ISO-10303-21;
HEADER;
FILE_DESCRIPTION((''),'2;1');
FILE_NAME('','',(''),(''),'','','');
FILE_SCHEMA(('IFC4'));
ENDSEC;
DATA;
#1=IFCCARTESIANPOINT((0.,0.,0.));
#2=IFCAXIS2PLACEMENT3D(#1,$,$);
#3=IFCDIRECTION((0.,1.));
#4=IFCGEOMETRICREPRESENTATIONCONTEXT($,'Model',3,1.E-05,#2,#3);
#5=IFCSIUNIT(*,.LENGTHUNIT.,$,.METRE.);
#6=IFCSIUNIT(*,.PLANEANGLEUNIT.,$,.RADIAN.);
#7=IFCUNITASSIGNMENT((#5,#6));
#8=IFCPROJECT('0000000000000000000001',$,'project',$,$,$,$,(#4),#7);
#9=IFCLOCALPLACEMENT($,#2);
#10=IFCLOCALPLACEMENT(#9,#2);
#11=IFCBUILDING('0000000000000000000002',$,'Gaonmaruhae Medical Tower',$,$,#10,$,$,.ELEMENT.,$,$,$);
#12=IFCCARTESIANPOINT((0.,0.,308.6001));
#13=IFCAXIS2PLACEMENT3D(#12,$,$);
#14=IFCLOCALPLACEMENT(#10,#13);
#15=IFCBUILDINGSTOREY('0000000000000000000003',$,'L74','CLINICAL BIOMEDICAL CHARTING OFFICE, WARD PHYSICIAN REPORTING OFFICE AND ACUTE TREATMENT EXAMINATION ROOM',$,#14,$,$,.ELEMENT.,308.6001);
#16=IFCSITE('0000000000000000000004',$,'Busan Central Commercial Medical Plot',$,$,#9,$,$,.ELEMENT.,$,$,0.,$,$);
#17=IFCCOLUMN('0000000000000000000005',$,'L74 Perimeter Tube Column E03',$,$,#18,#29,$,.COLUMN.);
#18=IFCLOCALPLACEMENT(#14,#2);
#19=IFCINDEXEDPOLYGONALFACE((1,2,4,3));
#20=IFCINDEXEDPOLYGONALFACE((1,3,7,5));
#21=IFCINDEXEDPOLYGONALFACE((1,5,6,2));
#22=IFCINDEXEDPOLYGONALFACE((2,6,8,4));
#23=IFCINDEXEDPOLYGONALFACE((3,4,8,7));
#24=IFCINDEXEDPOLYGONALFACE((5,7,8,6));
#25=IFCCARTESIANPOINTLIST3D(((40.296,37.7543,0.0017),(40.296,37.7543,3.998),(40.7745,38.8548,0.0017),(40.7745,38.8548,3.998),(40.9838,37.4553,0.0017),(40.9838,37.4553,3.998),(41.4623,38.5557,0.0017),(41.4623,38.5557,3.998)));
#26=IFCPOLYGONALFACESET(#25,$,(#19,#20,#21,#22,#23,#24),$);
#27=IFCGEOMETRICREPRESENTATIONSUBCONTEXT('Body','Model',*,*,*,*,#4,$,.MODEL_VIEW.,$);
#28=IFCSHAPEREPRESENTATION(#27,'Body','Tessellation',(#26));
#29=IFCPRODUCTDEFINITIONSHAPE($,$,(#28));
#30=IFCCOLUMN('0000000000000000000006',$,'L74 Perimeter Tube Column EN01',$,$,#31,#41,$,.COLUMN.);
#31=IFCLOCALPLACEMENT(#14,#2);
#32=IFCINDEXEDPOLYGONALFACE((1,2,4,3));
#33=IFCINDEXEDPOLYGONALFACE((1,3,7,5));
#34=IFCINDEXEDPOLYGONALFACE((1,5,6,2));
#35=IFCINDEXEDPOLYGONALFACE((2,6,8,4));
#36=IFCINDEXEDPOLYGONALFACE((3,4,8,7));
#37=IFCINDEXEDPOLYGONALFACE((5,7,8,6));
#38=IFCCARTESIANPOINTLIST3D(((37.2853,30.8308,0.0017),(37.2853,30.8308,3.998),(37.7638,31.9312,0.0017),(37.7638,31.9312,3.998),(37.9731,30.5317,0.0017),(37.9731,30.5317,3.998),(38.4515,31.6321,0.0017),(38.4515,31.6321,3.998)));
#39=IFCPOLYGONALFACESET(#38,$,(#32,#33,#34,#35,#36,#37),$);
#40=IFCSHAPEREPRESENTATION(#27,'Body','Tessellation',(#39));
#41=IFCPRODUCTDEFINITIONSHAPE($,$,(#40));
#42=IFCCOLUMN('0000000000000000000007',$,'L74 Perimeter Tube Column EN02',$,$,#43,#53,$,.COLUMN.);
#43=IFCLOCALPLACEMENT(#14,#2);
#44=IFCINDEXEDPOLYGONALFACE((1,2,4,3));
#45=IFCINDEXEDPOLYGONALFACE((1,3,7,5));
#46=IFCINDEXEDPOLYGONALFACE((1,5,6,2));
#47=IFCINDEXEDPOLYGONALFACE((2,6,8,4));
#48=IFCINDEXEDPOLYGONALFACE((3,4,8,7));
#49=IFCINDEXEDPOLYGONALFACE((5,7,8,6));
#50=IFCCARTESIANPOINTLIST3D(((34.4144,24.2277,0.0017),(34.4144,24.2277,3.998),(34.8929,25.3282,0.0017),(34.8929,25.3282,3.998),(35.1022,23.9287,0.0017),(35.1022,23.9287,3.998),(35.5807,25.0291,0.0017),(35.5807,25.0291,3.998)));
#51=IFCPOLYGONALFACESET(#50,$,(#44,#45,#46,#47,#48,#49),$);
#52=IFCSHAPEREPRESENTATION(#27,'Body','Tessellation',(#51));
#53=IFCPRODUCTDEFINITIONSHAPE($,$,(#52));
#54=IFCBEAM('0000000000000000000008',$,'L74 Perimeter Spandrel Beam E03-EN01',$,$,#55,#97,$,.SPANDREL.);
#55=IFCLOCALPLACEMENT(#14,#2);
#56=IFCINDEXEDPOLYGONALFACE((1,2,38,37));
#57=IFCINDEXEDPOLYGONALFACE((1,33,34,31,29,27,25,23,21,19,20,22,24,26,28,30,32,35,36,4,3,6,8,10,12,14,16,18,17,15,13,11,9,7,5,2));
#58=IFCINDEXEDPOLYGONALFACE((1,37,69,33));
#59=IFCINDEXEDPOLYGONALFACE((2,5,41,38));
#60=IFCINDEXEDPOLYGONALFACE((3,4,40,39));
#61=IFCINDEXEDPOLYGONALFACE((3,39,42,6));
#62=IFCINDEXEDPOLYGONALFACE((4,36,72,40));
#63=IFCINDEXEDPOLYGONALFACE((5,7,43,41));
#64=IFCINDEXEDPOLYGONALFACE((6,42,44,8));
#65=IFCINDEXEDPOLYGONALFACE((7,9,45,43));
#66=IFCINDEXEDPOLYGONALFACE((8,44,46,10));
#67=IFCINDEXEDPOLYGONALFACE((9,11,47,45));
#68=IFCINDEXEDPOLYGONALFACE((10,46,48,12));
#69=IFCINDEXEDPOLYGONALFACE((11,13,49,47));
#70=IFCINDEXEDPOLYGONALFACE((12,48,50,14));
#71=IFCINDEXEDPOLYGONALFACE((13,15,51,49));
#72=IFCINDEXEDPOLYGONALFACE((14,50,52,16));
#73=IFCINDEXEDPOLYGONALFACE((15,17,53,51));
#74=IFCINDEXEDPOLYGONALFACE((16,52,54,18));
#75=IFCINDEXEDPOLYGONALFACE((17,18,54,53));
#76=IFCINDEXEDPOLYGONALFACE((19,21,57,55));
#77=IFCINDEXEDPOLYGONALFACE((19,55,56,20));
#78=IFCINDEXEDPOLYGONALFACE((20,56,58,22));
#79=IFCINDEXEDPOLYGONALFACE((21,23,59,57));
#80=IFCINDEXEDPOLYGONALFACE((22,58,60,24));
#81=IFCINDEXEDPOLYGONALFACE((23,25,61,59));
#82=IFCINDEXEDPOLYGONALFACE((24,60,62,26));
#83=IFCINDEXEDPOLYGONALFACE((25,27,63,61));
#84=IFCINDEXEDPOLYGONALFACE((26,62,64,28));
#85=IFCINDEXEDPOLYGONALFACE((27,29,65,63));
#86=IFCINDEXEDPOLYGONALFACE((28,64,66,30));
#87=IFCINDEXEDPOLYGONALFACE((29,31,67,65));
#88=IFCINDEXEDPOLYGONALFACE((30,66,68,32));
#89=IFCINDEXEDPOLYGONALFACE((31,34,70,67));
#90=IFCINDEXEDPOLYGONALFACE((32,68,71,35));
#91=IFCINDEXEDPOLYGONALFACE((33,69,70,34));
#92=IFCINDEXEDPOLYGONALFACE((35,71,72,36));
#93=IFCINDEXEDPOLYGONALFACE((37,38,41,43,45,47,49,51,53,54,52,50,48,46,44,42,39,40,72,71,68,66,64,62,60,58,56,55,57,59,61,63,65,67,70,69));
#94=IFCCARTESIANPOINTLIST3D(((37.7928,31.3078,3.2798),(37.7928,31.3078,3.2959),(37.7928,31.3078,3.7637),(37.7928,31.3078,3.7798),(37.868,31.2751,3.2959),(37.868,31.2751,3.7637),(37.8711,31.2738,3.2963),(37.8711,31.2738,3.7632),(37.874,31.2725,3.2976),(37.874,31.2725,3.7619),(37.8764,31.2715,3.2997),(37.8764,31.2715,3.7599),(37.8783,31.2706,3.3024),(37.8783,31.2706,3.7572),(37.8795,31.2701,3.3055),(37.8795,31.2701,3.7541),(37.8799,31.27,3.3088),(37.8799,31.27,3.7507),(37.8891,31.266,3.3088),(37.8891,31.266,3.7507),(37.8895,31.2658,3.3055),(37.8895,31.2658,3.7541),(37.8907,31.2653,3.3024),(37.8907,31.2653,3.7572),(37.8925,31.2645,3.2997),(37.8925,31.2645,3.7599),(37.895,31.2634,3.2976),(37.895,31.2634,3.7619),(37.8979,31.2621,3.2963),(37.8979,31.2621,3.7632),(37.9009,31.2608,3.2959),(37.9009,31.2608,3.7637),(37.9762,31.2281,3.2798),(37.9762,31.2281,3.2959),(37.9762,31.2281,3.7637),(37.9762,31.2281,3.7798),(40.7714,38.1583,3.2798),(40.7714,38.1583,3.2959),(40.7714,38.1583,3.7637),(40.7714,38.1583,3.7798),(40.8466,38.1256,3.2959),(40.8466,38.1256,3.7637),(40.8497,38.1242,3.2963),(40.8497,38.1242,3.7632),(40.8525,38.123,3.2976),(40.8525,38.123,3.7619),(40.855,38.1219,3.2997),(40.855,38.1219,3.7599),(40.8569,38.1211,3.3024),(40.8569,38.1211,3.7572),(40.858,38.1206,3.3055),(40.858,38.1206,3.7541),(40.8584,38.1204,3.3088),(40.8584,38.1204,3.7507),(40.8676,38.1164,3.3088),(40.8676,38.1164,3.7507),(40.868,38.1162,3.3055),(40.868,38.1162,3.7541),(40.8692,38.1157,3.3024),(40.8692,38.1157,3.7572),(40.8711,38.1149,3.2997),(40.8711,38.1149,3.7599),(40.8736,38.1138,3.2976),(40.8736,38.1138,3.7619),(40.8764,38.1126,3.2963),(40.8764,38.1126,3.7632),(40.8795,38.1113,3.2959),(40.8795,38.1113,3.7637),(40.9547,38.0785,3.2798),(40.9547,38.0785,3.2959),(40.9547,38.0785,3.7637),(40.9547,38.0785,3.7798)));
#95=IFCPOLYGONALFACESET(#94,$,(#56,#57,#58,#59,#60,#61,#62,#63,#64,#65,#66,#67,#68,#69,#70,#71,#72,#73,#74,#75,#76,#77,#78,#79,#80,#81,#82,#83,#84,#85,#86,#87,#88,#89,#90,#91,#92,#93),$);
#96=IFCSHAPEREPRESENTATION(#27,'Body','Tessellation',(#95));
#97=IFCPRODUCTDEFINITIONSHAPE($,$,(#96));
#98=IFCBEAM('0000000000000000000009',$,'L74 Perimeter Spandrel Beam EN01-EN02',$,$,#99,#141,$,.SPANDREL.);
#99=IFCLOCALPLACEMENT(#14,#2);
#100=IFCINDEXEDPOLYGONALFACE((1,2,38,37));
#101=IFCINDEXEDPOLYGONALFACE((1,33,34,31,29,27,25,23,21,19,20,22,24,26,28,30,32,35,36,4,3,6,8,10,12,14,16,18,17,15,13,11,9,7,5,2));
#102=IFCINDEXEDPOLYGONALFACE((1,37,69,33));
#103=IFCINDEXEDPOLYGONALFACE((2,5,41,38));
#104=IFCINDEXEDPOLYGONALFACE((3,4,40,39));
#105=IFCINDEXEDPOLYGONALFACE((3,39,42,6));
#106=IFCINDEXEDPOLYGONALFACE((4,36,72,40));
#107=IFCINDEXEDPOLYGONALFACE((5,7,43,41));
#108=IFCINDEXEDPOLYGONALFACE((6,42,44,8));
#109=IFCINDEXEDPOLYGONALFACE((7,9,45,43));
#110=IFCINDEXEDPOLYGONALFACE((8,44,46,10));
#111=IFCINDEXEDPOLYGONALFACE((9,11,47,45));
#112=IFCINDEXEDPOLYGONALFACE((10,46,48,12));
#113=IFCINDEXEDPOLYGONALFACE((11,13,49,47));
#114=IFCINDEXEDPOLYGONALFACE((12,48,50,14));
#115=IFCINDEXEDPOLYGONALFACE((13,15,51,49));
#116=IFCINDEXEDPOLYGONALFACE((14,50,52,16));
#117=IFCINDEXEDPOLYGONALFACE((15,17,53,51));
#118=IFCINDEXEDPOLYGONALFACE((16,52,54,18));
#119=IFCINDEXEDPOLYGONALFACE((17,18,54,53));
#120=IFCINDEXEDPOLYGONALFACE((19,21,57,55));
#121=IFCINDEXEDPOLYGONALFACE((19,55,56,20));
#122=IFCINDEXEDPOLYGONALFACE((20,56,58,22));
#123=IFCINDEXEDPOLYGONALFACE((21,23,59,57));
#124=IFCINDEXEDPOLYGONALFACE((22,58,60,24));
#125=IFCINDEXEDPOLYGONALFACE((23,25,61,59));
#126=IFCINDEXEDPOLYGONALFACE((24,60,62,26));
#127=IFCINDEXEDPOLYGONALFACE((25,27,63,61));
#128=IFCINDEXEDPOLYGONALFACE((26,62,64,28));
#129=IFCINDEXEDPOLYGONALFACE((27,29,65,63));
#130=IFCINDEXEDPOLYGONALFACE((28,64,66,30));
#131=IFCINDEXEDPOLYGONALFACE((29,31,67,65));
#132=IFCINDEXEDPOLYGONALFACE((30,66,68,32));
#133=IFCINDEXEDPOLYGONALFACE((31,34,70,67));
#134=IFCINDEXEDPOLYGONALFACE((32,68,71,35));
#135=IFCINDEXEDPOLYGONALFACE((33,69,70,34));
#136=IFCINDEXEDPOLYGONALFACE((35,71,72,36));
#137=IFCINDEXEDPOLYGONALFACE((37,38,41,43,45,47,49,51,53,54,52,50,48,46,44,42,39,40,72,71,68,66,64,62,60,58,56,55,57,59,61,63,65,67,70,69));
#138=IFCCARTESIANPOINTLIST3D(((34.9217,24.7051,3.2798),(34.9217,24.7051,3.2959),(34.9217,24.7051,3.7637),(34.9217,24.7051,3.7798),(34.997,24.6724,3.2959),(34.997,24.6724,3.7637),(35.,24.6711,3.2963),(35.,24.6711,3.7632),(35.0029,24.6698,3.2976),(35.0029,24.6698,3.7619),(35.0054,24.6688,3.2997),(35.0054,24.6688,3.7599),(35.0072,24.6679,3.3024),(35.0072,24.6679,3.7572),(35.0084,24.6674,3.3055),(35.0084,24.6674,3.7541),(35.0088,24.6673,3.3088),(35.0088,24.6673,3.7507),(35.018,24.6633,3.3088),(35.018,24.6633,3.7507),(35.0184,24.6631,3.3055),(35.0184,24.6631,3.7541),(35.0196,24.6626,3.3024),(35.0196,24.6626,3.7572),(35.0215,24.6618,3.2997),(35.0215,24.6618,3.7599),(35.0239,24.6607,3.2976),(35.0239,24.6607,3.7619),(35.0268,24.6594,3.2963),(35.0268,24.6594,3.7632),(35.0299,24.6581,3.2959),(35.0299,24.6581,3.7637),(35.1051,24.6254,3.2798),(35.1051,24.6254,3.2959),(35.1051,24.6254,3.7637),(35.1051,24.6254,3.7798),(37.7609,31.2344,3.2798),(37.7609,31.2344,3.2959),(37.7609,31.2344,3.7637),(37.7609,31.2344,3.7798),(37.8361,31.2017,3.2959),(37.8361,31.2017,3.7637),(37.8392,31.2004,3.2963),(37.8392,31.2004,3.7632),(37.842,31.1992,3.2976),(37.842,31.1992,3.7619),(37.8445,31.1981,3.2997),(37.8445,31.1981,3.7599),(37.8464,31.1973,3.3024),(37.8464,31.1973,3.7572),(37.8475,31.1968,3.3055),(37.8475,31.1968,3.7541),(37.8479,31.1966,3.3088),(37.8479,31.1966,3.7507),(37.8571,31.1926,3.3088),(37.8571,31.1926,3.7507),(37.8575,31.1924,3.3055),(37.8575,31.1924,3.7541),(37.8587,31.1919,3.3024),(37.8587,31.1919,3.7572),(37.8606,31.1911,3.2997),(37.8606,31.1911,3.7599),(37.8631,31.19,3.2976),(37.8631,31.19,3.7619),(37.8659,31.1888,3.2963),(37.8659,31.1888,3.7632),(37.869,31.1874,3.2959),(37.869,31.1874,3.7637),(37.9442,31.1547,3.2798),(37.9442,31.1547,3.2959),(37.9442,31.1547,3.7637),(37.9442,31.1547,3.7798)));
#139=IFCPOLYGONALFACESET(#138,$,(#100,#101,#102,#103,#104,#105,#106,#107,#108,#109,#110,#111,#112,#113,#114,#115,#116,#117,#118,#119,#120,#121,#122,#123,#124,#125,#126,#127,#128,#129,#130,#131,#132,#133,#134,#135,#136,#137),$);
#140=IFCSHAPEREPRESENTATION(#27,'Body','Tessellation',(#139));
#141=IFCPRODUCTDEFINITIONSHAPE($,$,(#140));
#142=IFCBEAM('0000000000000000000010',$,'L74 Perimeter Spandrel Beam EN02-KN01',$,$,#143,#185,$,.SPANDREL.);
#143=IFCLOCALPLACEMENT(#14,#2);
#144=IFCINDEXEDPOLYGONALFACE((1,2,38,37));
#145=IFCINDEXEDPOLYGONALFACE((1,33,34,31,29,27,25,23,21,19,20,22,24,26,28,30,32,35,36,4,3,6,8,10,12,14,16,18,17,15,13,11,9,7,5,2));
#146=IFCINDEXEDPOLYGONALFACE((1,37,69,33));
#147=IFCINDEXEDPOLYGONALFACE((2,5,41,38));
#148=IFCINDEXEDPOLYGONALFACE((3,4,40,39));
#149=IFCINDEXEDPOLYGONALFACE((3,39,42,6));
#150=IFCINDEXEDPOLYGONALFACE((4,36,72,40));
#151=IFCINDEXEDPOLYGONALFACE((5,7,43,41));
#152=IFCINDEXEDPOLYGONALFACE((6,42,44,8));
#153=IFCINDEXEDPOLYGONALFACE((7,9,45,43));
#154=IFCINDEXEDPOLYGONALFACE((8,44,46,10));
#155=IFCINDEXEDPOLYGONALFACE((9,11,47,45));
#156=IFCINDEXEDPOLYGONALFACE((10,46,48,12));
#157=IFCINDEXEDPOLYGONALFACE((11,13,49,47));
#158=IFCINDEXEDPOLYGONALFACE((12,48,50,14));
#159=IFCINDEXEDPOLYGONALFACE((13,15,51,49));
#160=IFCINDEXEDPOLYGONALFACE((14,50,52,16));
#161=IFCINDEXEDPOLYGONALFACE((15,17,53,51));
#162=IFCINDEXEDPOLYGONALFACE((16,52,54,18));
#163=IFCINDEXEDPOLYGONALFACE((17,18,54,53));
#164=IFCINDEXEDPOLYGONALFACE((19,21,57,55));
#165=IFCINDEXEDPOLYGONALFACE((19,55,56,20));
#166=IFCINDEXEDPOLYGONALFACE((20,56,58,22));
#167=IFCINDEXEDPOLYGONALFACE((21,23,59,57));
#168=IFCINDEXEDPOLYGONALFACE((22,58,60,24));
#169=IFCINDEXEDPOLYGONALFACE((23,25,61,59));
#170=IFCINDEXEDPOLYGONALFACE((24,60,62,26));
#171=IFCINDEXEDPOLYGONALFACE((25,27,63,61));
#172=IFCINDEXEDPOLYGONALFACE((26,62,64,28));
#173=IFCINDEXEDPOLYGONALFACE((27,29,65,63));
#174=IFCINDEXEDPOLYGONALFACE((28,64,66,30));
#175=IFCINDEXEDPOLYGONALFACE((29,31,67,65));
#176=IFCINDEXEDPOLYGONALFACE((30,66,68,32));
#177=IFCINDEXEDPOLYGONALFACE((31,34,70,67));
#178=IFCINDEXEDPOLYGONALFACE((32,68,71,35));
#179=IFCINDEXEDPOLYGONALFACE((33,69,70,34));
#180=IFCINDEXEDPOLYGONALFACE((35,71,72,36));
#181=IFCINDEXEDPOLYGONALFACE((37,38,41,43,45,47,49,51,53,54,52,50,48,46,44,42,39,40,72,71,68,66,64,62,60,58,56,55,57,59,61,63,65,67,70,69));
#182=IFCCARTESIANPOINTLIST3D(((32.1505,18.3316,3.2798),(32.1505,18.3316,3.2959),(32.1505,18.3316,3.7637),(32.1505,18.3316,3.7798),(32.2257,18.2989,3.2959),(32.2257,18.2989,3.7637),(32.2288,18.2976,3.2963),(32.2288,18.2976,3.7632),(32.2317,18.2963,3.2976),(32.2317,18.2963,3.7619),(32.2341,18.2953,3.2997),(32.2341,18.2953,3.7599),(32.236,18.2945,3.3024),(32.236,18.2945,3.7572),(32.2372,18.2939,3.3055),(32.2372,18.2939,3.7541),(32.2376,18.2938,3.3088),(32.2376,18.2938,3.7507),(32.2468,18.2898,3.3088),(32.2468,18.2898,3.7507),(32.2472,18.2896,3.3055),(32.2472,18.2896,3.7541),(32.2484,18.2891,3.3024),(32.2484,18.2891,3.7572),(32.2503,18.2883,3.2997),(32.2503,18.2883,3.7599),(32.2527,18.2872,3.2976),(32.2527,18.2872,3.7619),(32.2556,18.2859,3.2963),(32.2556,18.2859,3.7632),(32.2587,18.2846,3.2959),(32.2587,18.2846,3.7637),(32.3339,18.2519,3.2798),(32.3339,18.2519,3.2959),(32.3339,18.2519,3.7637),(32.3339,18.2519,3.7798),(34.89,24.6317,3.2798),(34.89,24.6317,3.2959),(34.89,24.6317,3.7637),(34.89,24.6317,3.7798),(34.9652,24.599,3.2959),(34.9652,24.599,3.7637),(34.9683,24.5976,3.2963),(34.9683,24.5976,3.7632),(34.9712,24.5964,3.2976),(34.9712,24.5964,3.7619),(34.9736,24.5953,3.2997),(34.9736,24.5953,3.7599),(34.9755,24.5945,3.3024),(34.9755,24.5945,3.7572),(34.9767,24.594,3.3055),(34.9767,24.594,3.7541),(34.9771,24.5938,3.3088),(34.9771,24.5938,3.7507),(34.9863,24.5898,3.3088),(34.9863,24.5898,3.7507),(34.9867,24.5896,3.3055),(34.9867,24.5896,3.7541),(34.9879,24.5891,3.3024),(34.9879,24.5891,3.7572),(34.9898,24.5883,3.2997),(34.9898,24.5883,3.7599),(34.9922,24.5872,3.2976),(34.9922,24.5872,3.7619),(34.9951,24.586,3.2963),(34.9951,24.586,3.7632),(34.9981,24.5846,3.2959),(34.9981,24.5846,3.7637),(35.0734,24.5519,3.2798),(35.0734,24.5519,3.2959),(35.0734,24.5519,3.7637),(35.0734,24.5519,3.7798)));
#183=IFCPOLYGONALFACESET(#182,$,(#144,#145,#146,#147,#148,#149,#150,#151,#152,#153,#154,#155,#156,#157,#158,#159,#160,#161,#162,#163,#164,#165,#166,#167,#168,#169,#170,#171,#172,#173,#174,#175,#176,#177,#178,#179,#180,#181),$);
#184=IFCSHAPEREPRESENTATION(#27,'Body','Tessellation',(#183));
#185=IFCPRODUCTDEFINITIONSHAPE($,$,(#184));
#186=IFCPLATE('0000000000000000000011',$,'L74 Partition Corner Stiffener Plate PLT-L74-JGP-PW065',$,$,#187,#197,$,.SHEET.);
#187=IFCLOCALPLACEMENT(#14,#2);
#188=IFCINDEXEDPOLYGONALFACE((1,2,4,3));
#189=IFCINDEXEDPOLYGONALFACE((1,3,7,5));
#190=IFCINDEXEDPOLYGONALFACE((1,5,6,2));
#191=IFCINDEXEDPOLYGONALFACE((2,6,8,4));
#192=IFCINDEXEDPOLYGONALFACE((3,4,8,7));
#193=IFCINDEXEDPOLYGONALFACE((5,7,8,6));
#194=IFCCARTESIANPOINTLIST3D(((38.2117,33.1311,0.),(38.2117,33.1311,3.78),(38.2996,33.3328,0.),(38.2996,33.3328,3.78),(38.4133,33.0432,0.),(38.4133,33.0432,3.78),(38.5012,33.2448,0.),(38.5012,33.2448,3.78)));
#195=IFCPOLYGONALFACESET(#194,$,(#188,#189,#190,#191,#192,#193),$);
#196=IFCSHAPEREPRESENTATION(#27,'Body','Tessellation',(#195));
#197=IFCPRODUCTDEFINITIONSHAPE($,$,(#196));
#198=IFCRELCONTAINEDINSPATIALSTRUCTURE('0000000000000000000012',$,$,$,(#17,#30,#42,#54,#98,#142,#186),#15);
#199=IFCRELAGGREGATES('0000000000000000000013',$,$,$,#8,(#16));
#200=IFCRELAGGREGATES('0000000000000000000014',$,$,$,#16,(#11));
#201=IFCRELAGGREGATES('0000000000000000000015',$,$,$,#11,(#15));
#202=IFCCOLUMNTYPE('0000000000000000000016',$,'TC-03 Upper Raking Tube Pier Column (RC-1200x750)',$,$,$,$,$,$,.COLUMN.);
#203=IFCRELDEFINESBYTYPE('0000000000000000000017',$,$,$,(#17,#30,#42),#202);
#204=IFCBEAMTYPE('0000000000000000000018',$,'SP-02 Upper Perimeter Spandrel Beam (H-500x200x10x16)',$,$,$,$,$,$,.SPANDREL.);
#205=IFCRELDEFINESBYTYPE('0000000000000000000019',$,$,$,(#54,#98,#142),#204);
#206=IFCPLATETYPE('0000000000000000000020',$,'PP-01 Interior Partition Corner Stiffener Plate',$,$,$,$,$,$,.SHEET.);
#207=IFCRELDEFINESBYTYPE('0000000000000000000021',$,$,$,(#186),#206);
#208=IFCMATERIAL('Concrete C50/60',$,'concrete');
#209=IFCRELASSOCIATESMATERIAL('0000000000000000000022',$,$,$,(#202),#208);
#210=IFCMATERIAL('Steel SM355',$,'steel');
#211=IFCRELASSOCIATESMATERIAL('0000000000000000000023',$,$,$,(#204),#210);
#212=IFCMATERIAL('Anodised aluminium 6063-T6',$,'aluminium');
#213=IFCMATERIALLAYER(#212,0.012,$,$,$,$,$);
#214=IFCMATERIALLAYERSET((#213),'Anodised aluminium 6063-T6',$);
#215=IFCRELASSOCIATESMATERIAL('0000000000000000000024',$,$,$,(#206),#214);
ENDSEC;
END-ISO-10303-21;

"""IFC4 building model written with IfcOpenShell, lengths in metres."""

from ifc_helpers import new_model, si_unit, direction, frame, origin, origin_2d, place, context, subcontext, project, spatial, rectangle, i_section, extrude, material, layer, layer_set, material_profile, profile_set, type_object, element, save


model = new_model("IFC4")

# Units and contexts
model_context = context("Model", 3, precision=1e-05, world=origin(), true_north=direction((0.0, 1.0)))
body_context = subcontext(model_context, "Body", "Model", "MODEL_VIEW")
ifc_project = project(units=[si_unit("LENGTHUNIT", "METRE"), si_unit("PLANEANGLEUNIT", "RADIAN")], contexts=[model_context])

# Site, building, storey
site_placement = place(None, origin())
site = spatial("IfcSite", under=ifc_project, at=site_placement, Name="Busan Central Commercial Medical Plot", CompositionType="ELEMENT", RefElevation=0.0)
building_placement = place(site_placement, origin())
building = spatial("IfcBuilding", under=site, at=building_placement, Name="Gaonmaruhae Medical Tower", CompositionType="ELEMENT")
storey_placement = place(building_placement, frame((0.0, 0.0, 308.6001)))
storey = spatial("IfcBuildingStorey", under=building, at=storey_placement, Name="L74", Description="CLINICAL BIOMEDICAL CHARTING OFFICE, WARD PHYSICIAN REPORTING OFFICE AND ACUTE TREATMENT EXAMINATION ROOM", CompositionType="ELEMENT", Elevation=308.6001)

# Columns
ifc_material_1 = material(Name="Concrete C50/60", Category="concrete")
ifc_material_profile_1 = material_profile(ifc_material_1, rectangle(XDim=1.2, YDim=0.75, at=origin_2d()), Name="RC-1200x750")
ifc_profile_set_1 = profile_set([ifc_material_profile_1], Name="Concrete C50/60")
column_type = type_object("IfcColumnType", Name="TC-03 Upper Raking Tube Pier Column (RC-1200x750)", PredefinedType="COLUMN", material=ifc_profile_set_1)
for number, where, z_axis, x_axis, name in (
    (1, (40.8792, 38.155, 0.0017), (0.0, 0.0, 1.0), (0.398749, 0.91706, 0.0), "L74 Perimeter Tube Column E03"),
    (2, (37.8684, 31.2314, 0.0017), (0.0, 0.0, 1.0), (0.398749, 0.91706, 0.0), "L74 Perimeter Tube Column EN01"),
    (3, (34.9976, 24.6284, 0.0017), (0.0, 0.0, 1.0), (0.398749, 0.91706, 0.0), "L74 Perimeter Tube Column EN02"),
):
    element("IfcColumn", number, at=place(storey_placement, frame(where, z_axis=z_axis, x_axis=x_axis)), inside=storey, type_object=column_type, Name=name, PredefinedType="COLUMN", context=body_context, shape_type="SweptSolid", body=[
        extrude(rectangle(XDim=1.2, YDim=0.75, at=origin_2d()), origin(), (0.0, 0.0, 1.0), 3.9963),
    ])

# Beams
ifc_material_2 = material(Name="Steel SM355", Category="steel")
ifc_material_profile_2 = material_profile(ifc_material_2, i_section(OverallWidth=0.2, OverallDepth=0.5, WebThickness=0.01, FlangeThickness=0.0161, FilletRadius=0.0129, at=origin_2d()), Name="H-500x200x10x16")
ifc_profile_set_2 = profile_set([ifc_material_profile_2], Name="Steel SM355")
beam_type = type_object("IfcBeamType", Name="SP-02 Upper Perimeter Spandrel Beam (H-500x200x10x16)", PredefinedType="SPANDREL", material=ifc_profile_set_2)
beam_1_placement = place(storey_placement, frame((40.863, 38.1184, 3.5298), z_axis=(-0.398738, -0.917065, 0.0), x_axis=(0.917065, -0.398738, 0.0)))
element("IfcBeam", 4, at=beam_1_placement, inside=storey, type_object=beam_type, Name="L74 Perimeter Spandrel Beam E03-EN01", PredefinedType="SPANDREL", context=body_context, shape_type="SweptSolid", body=[
    extrude(i_section(OverallWidth=0.2, OverallDepth=0.5, WebThickness=0.01, FlangeThickness=0.0161, FilletRadius=0.0129, at=origin_2d()), origin(), (0.0, 0.0, 1.0), 7.47),
])
beam_2_placement = place(storey_placement, frame((37.8525, 31.1946, 3.5298), z_axis=(-0.39876, -0.917055, 0.0), x_axis=(0.917055, -0.39876, 0.0)))
element("IfcBeam", 5, at=beam_2_placement, inside=storey, type_object=beam_type, Name="L74 Perimeter Spandrel Beam EN01-EN02", PredefinedType="SPANDREL", context=body_context, shape_type="SweptSolid", body=[
    extrude(i_section(OverallWidth=0.2, OverallDepth=0.5, WebThickness=0.01, FlangeThickness=0.0161, FilletRadius=0.0129, at=origin_2d()), origin(), (0.0, 0.0, 1.0), 7.1199),
])
beam_3_placement = place(storey_placement, frame((34.9817, 24.5918, 3.5298), z_axis=(-0.398769, -0.917051, 0.0), x_axis=(0.917051, -0.398769, 0.0)))
element("IfcBeam", 6, at=beam_3_placement, inside=storey, type_object=beam_type, Name="L74 Perimeter Spandrel Beam EN02-KN01", PredefinedType="SPANDREL", context=body_context, shape_type="SweptSolid", body=[
    extrude(i_section(OverallWidth=0.2, OverallDepth=0.5, WebThickness=0.01, FlangeThickness=0.0161, FilletRadius=0.0129, at=origin_2d()), origin(), (0.0, 0.0, 1.0), 6.8699),
])

# Plate
ifc_material_3 = material(Name="Anodised aluminium 6063-T6", Category="aluminium")
ifc_layer_1 = layer(ifc_material_3, 0.012)
ifc_layer_set_1 = layer_set([ifc_layer_1], Name="Anodised aluminium 6063-T6")
plate_type = type_object("IfcPlateType", Name="PP-01 Interior Partition Corner Stiffener Plate", PredefinedType="SHEET", material=ifc_layer_set_1)
plate_placement = place(storey_placement, frame((38.3564, 33.188, 0.0), z_axis=(0.0, 0.0, 1.0), x_axis=(0.916628, -0.399741, 0.0)))
element("IfcPlate", 7, at=plate_placement, inside=storey, type_object=plate_type, Name="L74 Partition Corner Stiffener Plate PLT-L74-JGP-PW065", PredefinedType="SHEET", context=body_context, shape_type="SweptSolid", body=[
    extrude(rectangle(XDim=0.22, YDim=0.22, at=origin_2d()), origin(), (0.0, 0.0, 1.0), 3.78),
])

save(model, "model.ifc")
